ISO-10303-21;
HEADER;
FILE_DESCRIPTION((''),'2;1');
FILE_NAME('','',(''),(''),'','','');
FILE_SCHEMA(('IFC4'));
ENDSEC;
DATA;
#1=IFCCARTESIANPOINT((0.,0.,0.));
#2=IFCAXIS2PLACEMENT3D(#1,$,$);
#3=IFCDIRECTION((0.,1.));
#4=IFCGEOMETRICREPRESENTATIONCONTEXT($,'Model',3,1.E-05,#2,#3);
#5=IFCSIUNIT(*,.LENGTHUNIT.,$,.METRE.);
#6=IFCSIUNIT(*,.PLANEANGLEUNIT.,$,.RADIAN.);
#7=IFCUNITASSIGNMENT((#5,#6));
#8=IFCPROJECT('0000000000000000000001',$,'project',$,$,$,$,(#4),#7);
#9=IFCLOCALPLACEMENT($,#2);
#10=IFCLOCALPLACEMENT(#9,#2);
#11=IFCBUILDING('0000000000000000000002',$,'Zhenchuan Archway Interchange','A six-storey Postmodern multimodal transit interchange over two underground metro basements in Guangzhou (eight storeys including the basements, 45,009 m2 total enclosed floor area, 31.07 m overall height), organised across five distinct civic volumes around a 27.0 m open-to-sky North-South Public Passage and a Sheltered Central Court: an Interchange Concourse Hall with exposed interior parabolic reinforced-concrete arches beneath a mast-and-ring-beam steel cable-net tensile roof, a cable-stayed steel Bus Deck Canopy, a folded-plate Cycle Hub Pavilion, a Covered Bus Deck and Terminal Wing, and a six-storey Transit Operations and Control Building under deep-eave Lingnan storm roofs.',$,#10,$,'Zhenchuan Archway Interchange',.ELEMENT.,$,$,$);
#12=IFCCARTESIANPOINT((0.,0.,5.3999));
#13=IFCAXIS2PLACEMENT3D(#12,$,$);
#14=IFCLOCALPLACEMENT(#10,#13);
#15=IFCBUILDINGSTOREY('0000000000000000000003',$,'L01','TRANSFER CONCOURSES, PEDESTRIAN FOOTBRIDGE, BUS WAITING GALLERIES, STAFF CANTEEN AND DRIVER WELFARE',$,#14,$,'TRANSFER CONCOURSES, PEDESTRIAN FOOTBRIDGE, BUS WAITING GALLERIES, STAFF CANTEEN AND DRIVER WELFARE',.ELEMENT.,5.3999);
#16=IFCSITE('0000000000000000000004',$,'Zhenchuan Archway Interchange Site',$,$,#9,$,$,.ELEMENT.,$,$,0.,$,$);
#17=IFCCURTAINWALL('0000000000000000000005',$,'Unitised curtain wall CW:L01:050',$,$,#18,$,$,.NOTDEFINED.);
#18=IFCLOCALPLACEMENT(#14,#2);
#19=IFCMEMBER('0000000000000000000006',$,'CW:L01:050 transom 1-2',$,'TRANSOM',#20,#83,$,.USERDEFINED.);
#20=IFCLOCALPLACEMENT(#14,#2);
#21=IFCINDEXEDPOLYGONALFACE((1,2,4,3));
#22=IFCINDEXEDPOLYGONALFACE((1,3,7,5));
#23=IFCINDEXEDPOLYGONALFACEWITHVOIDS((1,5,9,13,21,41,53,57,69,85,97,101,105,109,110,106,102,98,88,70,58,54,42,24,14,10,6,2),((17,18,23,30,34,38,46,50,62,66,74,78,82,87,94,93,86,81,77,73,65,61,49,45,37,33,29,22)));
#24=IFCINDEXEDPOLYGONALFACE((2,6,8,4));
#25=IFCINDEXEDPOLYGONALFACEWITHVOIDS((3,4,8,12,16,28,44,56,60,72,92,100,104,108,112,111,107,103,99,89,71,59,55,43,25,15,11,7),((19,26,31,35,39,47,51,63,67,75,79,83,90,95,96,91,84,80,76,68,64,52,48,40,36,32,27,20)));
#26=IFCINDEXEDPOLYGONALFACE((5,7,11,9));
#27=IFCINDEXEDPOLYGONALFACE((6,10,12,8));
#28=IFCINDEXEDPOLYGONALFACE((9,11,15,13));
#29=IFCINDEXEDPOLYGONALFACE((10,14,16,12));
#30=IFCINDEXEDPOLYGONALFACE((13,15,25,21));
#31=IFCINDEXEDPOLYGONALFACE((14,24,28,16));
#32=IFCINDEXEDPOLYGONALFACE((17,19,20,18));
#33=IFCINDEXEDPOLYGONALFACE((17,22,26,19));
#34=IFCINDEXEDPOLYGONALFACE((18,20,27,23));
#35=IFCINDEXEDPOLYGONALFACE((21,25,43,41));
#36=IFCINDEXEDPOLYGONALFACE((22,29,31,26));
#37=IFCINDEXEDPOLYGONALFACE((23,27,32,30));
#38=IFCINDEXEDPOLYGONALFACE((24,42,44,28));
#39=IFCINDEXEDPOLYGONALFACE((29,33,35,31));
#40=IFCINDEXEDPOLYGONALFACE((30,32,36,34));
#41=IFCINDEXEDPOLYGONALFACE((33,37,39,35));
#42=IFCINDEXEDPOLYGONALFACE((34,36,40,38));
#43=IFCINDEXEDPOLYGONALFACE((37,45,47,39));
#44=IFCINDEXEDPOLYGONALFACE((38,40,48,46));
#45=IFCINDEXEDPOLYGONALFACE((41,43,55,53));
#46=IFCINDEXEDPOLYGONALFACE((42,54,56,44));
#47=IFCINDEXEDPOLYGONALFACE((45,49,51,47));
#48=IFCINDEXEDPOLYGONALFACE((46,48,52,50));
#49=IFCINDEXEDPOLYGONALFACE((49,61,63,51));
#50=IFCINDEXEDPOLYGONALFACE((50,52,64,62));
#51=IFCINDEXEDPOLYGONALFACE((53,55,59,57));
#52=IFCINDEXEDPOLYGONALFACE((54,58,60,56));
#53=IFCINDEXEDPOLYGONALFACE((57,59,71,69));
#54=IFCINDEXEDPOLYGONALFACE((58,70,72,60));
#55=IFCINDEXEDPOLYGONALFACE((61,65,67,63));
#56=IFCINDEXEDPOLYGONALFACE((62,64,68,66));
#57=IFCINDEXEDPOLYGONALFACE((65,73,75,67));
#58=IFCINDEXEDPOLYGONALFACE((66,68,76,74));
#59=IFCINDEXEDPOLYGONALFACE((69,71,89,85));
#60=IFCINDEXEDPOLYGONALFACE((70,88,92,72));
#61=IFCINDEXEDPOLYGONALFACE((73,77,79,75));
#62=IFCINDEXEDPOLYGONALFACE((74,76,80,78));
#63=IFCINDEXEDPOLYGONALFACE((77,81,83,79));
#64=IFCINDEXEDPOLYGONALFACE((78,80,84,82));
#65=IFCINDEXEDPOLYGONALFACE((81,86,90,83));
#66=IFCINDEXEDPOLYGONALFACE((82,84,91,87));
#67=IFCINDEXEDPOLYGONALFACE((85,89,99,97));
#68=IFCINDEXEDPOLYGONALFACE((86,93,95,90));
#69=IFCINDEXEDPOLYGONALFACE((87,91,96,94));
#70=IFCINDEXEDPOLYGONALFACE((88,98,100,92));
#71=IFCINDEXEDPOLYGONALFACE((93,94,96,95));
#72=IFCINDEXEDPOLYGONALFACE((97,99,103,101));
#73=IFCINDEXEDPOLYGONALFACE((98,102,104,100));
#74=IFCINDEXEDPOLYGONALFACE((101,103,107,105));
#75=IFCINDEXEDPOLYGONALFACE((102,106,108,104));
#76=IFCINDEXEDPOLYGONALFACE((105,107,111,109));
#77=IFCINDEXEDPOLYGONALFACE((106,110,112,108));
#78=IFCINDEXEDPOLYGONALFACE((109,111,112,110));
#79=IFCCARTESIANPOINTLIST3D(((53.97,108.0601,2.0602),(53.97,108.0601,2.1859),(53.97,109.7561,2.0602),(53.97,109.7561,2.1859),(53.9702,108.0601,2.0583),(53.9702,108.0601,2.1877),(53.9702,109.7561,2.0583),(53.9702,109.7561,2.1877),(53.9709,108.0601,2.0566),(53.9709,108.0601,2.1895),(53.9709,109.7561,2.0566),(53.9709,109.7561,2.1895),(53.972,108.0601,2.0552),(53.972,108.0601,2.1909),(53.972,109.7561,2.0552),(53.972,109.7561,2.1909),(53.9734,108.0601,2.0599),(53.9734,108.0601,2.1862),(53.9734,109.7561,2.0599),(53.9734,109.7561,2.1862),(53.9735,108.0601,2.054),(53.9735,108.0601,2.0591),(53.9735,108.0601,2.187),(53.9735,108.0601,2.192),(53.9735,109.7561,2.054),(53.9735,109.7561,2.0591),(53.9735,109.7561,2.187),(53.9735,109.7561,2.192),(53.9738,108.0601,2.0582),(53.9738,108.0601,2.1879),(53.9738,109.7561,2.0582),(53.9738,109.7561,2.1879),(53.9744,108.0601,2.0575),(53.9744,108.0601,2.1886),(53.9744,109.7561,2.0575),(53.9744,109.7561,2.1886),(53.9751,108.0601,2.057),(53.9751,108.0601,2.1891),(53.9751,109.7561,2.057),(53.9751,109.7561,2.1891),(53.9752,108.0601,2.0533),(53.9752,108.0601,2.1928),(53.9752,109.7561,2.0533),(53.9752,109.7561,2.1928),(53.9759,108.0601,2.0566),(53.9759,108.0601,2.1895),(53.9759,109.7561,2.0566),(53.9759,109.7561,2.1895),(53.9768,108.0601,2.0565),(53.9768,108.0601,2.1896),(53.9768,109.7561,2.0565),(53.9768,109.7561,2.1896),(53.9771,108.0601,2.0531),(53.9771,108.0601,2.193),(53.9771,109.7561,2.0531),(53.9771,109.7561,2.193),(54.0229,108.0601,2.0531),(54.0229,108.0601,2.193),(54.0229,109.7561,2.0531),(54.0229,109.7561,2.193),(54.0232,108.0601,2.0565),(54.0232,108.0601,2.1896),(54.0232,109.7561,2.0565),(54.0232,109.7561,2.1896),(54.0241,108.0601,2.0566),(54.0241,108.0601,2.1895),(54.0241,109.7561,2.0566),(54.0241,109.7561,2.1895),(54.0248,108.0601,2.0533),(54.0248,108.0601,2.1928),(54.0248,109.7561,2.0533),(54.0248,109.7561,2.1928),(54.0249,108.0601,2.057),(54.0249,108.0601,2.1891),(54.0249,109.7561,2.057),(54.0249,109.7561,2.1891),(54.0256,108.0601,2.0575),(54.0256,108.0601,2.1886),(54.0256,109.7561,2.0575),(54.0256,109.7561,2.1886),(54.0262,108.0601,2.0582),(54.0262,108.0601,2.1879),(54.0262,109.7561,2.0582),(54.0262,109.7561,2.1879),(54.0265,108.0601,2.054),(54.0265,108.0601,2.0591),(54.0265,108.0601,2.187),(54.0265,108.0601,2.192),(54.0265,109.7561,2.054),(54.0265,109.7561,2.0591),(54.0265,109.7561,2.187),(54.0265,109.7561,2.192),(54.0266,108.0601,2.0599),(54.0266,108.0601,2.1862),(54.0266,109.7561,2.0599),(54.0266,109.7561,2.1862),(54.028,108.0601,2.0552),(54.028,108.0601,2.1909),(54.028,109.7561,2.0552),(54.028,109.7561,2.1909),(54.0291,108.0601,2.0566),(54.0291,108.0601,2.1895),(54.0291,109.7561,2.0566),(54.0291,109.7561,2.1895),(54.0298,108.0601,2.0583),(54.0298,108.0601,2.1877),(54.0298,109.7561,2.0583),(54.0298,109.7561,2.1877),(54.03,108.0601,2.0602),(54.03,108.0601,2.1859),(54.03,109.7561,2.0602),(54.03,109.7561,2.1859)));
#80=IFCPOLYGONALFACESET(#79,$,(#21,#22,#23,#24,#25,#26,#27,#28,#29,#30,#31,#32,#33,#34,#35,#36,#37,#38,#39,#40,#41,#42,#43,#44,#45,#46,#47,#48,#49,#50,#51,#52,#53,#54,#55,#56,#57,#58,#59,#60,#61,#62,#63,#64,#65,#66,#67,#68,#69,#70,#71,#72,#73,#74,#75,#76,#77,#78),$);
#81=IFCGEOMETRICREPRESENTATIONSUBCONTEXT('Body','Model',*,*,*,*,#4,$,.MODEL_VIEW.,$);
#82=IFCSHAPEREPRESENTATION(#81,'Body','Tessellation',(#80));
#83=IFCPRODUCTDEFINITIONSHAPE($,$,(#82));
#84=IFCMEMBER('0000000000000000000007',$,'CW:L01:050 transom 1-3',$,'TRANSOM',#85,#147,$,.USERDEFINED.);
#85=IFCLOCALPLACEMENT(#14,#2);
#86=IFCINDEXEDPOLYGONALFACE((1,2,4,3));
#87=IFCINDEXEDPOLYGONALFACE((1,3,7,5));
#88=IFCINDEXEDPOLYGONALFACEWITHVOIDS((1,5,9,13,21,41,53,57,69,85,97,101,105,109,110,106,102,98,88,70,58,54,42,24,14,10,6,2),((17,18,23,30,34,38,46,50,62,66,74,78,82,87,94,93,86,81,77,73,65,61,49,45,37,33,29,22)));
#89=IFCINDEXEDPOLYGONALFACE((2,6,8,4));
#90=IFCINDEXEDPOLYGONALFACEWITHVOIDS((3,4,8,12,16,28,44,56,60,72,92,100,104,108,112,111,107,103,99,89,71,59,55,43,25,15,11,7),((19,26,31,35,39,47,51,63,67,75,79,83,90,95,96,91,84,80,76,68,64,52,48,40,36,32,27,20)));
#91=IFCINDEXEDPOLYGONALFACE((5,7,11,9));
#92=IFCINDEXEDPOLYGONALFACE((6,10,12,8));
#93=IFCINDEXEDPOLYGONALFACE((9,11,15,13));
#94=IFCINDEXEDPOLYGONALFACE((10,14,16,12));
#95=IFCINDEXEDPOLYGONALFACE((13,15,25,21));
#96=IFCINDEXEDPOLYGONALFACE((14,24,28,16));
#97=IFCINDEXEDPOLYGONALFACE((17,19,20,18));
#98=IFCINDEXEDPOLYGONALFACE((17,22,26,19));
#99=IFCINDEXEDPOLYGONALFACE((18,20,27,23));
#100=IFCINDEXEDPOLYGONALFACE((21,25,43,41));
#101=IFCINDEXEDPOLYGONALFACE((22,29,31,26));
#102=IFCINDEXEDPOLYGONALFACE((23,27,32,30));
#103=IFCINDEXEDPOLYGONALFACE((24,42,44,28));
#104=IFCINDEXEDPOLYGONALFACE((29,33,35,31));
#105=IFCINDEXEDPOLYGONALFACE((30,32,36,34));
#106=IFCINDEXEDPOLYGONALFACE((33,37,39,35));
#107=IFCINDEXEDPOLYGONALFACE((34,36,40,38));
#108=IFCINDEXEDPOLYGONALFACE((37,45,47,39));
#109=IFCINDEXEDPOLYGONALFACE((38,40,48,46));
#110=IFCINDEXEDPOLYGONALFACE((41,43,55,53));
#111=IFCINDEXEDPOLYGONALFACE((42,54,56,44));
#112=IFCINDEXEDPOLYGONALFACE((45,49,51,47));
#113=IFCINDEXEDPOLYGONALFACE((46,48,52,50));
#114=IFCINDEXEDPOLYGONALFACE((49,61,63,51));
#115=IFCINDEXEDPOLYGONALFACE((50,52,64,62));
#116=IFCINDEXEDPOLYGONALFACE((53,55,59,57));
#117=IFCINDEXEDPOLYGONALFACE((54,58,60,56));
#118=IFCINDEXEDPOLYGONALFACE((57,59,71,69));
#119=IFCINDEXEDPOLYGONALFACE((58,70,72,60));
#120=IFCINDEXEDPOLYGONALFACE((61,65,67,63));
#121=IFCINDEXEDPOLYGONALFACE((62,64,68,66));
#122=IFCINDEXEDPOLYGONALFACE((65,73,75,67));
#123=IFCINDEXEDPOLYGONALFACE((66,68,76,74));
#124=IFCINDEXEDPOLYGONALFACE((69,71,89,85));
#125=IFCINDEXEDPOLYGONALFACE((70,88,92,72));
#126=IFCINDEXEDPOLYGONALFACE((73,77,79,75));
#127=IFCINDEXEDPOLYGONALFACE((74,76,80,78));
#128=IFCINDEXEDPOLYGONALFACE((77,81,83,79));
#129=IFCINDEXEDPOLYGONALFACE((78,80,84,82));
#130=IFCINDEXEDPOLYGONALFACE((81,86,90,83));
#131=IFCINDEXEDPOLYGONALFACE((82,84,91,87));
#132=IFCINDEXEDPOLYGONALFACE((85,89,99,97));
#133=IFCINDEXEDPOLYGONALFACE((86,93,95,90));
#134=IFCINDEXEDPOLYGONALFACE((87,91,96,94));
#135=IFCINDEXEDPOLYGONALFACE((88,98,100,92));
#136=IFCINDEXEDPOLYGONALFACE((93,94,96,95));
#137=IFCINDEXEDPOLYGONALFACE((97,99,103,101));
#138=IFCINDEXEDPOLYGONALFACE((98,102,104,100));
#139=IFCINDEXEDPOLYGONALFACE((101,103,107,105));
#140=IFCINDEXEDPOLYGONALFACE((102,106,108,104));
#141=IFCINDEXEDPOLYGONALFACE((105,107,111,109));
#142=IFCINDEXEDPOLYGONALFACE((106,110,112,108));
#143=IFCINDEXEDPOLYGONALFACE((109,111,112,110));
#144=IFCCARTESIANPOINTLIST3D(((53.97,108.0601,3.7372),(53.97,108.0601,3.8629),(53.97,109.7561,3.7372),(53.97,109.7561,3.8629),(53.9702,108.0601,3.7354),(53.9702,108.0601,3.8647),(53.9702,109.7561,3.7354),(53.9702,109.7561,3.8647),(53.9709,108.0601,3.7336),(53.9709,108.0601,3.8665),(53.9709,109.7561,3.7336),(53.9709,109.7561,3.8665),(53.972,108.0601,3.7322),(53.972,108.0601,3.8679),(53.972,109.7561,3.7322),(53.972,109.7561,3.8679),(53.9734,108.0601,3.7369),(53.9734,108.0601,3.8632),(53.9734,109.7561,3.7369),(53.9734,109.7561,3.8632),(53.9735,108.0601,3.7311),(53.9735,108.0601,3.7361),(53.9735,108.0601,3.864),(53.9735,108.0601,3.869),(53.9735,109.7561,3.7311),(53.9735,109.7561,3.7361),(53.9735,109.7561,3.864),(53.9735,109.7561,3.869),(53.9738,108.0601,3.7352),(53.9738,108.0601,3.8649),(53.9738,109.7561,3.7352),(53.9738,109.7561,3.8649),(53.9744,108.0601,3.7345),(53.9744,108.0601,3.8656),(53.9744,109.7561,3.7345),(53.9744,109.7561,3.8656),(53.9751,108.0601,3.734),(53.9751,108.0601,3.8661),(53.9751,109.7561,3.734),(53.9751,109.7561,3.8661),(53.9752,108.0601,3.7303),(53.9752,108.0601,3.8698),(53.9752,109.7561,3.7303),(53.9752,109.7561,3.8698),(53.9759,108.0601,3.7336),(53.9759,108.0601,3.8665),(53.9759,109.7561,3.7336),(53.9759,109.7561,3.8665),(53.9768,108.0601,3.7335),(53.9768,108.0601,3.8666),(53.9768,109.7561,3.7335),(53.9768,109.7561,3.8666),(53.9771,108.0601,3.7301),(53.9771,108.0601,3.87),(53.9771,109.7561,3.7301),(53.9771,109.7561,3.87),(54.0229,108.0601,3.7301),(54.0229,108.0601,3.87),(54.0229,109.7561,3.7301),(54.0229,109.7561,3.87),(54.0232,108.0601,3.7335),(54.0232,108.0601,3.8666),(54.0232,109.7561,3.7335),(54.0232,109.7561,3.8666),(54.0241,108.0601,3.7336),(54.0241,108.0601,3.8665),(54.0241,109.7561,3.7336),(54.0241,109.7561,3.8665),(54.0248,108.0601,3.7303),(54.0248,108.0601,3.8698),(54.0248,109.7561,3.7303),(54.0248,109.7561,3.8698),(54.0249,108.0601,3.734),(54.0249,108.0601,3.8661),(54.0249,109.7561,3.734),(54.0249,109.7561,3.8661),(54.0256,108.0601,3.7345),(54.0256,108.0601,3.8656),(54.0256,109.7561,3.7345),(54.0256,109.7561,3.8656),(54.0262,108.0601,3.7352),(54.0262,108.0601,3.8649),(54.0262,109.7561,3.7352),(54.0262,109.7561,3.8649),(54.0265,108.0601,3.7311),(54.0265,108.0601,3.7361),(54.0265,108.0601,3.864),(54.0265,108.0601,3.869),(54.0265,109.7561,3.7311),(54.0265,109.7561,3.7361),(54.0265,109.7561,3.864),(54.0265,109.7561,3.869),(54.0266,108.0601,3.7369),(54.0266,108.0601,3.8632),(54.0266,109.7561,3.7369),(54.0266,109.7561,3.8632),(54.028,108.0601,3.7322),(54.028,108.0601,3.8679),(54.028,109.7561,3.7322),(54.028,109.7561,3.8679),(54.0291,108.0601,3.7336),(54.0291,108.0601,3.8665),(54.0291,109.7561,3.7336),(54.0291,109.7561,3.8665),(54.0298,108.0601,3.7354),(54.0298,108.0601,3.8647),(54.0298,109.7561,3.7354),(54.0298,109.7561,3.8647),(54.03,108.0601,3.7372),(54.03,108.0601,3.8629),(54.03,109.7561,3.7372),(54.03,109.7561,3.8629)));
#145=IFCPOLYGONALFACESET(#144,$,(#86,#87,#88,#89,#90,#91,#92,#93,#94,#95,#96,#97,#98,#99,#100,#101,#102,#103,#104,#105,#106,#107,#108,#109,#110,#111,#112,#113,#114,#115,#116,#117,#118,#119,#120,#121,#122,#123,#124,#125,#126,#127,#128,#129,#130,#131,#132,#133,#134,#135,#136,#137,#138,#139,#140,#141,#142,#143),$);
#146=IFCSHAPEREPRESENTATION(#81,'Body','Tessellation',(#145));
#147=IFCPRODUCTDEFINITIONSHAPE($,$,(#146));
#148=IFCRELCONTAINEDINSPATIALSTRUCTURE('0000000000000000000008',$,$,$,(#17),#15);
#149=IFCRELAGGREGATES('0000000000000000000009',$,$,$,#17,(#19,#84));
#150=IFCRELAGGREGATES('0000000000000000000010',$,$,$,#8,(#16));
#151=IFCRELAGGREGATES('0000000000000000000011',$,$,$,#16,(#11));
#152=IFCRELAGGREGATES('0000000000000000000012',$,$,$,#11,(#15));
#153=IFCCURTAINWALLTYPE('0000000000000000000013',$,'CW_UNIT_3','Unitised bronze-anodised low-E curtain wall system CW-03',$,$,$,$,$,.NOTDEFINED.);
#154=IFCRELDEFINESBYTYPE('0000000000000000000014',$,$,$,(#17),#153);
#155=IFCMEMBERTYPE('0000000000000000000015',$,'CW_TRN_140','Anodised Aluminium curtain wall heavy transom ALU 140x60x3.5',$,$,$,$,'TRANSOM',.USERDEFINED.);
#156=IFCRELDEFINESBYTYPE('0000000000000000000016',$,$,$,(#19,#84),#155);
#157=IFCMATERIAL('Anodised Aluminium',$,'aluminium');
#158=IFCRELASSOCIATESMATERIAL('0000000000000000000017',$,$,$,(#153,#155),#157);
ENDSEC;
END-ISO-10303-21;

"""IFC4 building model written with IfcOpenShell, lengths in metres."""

from ifc_helpers import new_model, si_unit, direction, frame, origin, origin_2d, place, context, subcontext, project, spatial, hollow_rectangle, extrude, material, material_profile, profile_set, type_object, element, aggregate, save


model = new_model("IFC4")

# Units and contexts
model_context = context("Model", 3, precision=1e-05, world=origin(), true_north=direction((0.0, 1.0)))
body_context = subcontext(model_context, "Body", "Model", "MODEL_VIEW")
ifc_project = project(units=[si_unit("LENGTHUNIT", "METRE"), si_unit("PLANEANGLEUNIT", "RADIAN")], contexts=[model_context])

# Site, building, storey
site_placement = place(None, origin())
site = spatial("IfcSite", under=ifc_project, at=site_placement, Name="Zhenchuan Archway Interchange Site", CompositionType="ELEMENT", RefElevation=0.0)
building_placement = place(site_placement, origin())
building = spatial("IfcBuilding", under=site, at=building_placement, Name="Zhenchuan Archway Interchange", Description="A six-storey Postmodern multimodal transit interchange over two underground metro basements in Guangzhou (eight storeys including the basements, 45,009 m2 total enclosed floor area, 31.07 m overall height), organised across five distinct civic volumes around a 27.0 m open-to-sky North-South Public Passage and a Sheltered Central Court: an Interchange Concourse Hall with exposed interior parabolic reinforced-concrete arches beneath a mast-and-ring-beam steel cable-net tensile roof, a cable-stayed steel Bus Deck Canopy, a folded-plate Cycle Hub Pavilion, a Covered Bus Deck and Terminal Wing, and a six-storey Transit Operations and Control Building under deep-eave Lingnan storm roofs.", LongName="Zhenchuan Archway Interchange", CompositionType="ELEMENT")
storey_placement = place(building_placement, frame((0.0, 0.0, 5.3999)))
storey = spatial("IfcBuildingStorey", under=building, at=storey_placement, Name="L01", Description="TRANSFER CONCOURSES, PEDESTRIAN FOOTBRIDGE, BUS WAITING GALLERIES, STAFF CANTEEN AND DRIVER WELFARE", LongName="TRANSFER CONCOURSES, PEDESTRIAN FOOTBRIDGE, BUS WAITING GALLERIES, STAFF CANTEEN AND DRIVER WELFARE", CompositionType="ELEMENT", Elevation=5.3999)

# Curtain wall
ifc_material_1 = material(Name="Anodised Aluminium", Category="aluminium")
curtain_wall_type_1 = type_object("IfcCurtainWallType", Name="CW_UNIT_3", Description="Unitised bronze-anodised low-E curtain wall system CW-03", PredefinedType="NOTDEFINED", material=ifc_material_1)
curtain_wall_1_placement = place(storey_placement, origin())
curtain_wall_1 = element("IfcCurtainWall", 1, at=curtain_wall_1_placement, inside=storey, type_object=curtain_wall_type_1, Name="Unitised curtain wall CW:L01:050", PredefinedType="NOTDEFINED")

# Members
ifc_material_profile_1 = material_profile(ifc_material_1, hollow_rectangle(XDim=0.0601, YDim=0.1399, WallThickness=0.0034, InnerFilletRadius=0.0034, OuterFilletRadius=0.0071, at=origin_2d()), Name="ALU 140x60x3.5")
ifc_profile_set_1 = profile_set([ifc_material_profile_1], Name="Anodised Aluminium")
member_type_1 = type_object("IfcMemberType", Name="CW_TRN_140", Description="Anodised Aluminium curtain wall heavy transom ALU 140x60x3.5", ElementType="TRANSOM", PredefinedType="USERDEFINED", material=ifc_profile_set_1)
member_1_placement = place(storey_placement, frame((54.0, 109.7561, 2.123), z_axis=(0.0, -1.0, 0.0), x_axis=(1.0, 0.0, 0.0)))
member_1 = element("IfcMember", 2, at=member_1_placement, type_object=member_type_1, Name="CW:L01:050 transom 1-2", ObjectType="TRANSOM", PredefinedType="USERDEFINED", context=body_context, shape_type="SweptSolid", body=[
    extrude(hollow_rectangle(XDim=0.0601, YDim=0.1399, WallThickness=0.0034, InnerFilletRadius=0.0034, OuterFilletRadius=0.0071, at=origin_2d()), origin(), (0.0, 0.0, 1.0), 1.696),
])
member_2_placement = place(storey_placement, frame((54.0, 109.7561, 3.8), z_axis=(0.0, -1.0, 0.0), x_axis=(1.0, 0.0, 0.0)))
member_2 = element("IfcMember", 3, at=member_2_placement, type_object=member_type_1, Name="CW:L01:050 transom 1-3", ObjectType="TRANSOM", PredefinedType="USERDEFINED", context=body_context, shape_type="SweptSolid", body=[
    extrude(hollow_rectangle(XDim=0.0601, YDim=0.1399, WallThickness=0.0034, InnerFilletRadius=0.0034, OuterFilletRadius=0.0071, at=origin_2d()), origin(), (0.0, 0.0, 1.0), 1.696),
])

aggregate(curtain_wall_1, [member_1, member_2])

save(model, "model.ifc")
